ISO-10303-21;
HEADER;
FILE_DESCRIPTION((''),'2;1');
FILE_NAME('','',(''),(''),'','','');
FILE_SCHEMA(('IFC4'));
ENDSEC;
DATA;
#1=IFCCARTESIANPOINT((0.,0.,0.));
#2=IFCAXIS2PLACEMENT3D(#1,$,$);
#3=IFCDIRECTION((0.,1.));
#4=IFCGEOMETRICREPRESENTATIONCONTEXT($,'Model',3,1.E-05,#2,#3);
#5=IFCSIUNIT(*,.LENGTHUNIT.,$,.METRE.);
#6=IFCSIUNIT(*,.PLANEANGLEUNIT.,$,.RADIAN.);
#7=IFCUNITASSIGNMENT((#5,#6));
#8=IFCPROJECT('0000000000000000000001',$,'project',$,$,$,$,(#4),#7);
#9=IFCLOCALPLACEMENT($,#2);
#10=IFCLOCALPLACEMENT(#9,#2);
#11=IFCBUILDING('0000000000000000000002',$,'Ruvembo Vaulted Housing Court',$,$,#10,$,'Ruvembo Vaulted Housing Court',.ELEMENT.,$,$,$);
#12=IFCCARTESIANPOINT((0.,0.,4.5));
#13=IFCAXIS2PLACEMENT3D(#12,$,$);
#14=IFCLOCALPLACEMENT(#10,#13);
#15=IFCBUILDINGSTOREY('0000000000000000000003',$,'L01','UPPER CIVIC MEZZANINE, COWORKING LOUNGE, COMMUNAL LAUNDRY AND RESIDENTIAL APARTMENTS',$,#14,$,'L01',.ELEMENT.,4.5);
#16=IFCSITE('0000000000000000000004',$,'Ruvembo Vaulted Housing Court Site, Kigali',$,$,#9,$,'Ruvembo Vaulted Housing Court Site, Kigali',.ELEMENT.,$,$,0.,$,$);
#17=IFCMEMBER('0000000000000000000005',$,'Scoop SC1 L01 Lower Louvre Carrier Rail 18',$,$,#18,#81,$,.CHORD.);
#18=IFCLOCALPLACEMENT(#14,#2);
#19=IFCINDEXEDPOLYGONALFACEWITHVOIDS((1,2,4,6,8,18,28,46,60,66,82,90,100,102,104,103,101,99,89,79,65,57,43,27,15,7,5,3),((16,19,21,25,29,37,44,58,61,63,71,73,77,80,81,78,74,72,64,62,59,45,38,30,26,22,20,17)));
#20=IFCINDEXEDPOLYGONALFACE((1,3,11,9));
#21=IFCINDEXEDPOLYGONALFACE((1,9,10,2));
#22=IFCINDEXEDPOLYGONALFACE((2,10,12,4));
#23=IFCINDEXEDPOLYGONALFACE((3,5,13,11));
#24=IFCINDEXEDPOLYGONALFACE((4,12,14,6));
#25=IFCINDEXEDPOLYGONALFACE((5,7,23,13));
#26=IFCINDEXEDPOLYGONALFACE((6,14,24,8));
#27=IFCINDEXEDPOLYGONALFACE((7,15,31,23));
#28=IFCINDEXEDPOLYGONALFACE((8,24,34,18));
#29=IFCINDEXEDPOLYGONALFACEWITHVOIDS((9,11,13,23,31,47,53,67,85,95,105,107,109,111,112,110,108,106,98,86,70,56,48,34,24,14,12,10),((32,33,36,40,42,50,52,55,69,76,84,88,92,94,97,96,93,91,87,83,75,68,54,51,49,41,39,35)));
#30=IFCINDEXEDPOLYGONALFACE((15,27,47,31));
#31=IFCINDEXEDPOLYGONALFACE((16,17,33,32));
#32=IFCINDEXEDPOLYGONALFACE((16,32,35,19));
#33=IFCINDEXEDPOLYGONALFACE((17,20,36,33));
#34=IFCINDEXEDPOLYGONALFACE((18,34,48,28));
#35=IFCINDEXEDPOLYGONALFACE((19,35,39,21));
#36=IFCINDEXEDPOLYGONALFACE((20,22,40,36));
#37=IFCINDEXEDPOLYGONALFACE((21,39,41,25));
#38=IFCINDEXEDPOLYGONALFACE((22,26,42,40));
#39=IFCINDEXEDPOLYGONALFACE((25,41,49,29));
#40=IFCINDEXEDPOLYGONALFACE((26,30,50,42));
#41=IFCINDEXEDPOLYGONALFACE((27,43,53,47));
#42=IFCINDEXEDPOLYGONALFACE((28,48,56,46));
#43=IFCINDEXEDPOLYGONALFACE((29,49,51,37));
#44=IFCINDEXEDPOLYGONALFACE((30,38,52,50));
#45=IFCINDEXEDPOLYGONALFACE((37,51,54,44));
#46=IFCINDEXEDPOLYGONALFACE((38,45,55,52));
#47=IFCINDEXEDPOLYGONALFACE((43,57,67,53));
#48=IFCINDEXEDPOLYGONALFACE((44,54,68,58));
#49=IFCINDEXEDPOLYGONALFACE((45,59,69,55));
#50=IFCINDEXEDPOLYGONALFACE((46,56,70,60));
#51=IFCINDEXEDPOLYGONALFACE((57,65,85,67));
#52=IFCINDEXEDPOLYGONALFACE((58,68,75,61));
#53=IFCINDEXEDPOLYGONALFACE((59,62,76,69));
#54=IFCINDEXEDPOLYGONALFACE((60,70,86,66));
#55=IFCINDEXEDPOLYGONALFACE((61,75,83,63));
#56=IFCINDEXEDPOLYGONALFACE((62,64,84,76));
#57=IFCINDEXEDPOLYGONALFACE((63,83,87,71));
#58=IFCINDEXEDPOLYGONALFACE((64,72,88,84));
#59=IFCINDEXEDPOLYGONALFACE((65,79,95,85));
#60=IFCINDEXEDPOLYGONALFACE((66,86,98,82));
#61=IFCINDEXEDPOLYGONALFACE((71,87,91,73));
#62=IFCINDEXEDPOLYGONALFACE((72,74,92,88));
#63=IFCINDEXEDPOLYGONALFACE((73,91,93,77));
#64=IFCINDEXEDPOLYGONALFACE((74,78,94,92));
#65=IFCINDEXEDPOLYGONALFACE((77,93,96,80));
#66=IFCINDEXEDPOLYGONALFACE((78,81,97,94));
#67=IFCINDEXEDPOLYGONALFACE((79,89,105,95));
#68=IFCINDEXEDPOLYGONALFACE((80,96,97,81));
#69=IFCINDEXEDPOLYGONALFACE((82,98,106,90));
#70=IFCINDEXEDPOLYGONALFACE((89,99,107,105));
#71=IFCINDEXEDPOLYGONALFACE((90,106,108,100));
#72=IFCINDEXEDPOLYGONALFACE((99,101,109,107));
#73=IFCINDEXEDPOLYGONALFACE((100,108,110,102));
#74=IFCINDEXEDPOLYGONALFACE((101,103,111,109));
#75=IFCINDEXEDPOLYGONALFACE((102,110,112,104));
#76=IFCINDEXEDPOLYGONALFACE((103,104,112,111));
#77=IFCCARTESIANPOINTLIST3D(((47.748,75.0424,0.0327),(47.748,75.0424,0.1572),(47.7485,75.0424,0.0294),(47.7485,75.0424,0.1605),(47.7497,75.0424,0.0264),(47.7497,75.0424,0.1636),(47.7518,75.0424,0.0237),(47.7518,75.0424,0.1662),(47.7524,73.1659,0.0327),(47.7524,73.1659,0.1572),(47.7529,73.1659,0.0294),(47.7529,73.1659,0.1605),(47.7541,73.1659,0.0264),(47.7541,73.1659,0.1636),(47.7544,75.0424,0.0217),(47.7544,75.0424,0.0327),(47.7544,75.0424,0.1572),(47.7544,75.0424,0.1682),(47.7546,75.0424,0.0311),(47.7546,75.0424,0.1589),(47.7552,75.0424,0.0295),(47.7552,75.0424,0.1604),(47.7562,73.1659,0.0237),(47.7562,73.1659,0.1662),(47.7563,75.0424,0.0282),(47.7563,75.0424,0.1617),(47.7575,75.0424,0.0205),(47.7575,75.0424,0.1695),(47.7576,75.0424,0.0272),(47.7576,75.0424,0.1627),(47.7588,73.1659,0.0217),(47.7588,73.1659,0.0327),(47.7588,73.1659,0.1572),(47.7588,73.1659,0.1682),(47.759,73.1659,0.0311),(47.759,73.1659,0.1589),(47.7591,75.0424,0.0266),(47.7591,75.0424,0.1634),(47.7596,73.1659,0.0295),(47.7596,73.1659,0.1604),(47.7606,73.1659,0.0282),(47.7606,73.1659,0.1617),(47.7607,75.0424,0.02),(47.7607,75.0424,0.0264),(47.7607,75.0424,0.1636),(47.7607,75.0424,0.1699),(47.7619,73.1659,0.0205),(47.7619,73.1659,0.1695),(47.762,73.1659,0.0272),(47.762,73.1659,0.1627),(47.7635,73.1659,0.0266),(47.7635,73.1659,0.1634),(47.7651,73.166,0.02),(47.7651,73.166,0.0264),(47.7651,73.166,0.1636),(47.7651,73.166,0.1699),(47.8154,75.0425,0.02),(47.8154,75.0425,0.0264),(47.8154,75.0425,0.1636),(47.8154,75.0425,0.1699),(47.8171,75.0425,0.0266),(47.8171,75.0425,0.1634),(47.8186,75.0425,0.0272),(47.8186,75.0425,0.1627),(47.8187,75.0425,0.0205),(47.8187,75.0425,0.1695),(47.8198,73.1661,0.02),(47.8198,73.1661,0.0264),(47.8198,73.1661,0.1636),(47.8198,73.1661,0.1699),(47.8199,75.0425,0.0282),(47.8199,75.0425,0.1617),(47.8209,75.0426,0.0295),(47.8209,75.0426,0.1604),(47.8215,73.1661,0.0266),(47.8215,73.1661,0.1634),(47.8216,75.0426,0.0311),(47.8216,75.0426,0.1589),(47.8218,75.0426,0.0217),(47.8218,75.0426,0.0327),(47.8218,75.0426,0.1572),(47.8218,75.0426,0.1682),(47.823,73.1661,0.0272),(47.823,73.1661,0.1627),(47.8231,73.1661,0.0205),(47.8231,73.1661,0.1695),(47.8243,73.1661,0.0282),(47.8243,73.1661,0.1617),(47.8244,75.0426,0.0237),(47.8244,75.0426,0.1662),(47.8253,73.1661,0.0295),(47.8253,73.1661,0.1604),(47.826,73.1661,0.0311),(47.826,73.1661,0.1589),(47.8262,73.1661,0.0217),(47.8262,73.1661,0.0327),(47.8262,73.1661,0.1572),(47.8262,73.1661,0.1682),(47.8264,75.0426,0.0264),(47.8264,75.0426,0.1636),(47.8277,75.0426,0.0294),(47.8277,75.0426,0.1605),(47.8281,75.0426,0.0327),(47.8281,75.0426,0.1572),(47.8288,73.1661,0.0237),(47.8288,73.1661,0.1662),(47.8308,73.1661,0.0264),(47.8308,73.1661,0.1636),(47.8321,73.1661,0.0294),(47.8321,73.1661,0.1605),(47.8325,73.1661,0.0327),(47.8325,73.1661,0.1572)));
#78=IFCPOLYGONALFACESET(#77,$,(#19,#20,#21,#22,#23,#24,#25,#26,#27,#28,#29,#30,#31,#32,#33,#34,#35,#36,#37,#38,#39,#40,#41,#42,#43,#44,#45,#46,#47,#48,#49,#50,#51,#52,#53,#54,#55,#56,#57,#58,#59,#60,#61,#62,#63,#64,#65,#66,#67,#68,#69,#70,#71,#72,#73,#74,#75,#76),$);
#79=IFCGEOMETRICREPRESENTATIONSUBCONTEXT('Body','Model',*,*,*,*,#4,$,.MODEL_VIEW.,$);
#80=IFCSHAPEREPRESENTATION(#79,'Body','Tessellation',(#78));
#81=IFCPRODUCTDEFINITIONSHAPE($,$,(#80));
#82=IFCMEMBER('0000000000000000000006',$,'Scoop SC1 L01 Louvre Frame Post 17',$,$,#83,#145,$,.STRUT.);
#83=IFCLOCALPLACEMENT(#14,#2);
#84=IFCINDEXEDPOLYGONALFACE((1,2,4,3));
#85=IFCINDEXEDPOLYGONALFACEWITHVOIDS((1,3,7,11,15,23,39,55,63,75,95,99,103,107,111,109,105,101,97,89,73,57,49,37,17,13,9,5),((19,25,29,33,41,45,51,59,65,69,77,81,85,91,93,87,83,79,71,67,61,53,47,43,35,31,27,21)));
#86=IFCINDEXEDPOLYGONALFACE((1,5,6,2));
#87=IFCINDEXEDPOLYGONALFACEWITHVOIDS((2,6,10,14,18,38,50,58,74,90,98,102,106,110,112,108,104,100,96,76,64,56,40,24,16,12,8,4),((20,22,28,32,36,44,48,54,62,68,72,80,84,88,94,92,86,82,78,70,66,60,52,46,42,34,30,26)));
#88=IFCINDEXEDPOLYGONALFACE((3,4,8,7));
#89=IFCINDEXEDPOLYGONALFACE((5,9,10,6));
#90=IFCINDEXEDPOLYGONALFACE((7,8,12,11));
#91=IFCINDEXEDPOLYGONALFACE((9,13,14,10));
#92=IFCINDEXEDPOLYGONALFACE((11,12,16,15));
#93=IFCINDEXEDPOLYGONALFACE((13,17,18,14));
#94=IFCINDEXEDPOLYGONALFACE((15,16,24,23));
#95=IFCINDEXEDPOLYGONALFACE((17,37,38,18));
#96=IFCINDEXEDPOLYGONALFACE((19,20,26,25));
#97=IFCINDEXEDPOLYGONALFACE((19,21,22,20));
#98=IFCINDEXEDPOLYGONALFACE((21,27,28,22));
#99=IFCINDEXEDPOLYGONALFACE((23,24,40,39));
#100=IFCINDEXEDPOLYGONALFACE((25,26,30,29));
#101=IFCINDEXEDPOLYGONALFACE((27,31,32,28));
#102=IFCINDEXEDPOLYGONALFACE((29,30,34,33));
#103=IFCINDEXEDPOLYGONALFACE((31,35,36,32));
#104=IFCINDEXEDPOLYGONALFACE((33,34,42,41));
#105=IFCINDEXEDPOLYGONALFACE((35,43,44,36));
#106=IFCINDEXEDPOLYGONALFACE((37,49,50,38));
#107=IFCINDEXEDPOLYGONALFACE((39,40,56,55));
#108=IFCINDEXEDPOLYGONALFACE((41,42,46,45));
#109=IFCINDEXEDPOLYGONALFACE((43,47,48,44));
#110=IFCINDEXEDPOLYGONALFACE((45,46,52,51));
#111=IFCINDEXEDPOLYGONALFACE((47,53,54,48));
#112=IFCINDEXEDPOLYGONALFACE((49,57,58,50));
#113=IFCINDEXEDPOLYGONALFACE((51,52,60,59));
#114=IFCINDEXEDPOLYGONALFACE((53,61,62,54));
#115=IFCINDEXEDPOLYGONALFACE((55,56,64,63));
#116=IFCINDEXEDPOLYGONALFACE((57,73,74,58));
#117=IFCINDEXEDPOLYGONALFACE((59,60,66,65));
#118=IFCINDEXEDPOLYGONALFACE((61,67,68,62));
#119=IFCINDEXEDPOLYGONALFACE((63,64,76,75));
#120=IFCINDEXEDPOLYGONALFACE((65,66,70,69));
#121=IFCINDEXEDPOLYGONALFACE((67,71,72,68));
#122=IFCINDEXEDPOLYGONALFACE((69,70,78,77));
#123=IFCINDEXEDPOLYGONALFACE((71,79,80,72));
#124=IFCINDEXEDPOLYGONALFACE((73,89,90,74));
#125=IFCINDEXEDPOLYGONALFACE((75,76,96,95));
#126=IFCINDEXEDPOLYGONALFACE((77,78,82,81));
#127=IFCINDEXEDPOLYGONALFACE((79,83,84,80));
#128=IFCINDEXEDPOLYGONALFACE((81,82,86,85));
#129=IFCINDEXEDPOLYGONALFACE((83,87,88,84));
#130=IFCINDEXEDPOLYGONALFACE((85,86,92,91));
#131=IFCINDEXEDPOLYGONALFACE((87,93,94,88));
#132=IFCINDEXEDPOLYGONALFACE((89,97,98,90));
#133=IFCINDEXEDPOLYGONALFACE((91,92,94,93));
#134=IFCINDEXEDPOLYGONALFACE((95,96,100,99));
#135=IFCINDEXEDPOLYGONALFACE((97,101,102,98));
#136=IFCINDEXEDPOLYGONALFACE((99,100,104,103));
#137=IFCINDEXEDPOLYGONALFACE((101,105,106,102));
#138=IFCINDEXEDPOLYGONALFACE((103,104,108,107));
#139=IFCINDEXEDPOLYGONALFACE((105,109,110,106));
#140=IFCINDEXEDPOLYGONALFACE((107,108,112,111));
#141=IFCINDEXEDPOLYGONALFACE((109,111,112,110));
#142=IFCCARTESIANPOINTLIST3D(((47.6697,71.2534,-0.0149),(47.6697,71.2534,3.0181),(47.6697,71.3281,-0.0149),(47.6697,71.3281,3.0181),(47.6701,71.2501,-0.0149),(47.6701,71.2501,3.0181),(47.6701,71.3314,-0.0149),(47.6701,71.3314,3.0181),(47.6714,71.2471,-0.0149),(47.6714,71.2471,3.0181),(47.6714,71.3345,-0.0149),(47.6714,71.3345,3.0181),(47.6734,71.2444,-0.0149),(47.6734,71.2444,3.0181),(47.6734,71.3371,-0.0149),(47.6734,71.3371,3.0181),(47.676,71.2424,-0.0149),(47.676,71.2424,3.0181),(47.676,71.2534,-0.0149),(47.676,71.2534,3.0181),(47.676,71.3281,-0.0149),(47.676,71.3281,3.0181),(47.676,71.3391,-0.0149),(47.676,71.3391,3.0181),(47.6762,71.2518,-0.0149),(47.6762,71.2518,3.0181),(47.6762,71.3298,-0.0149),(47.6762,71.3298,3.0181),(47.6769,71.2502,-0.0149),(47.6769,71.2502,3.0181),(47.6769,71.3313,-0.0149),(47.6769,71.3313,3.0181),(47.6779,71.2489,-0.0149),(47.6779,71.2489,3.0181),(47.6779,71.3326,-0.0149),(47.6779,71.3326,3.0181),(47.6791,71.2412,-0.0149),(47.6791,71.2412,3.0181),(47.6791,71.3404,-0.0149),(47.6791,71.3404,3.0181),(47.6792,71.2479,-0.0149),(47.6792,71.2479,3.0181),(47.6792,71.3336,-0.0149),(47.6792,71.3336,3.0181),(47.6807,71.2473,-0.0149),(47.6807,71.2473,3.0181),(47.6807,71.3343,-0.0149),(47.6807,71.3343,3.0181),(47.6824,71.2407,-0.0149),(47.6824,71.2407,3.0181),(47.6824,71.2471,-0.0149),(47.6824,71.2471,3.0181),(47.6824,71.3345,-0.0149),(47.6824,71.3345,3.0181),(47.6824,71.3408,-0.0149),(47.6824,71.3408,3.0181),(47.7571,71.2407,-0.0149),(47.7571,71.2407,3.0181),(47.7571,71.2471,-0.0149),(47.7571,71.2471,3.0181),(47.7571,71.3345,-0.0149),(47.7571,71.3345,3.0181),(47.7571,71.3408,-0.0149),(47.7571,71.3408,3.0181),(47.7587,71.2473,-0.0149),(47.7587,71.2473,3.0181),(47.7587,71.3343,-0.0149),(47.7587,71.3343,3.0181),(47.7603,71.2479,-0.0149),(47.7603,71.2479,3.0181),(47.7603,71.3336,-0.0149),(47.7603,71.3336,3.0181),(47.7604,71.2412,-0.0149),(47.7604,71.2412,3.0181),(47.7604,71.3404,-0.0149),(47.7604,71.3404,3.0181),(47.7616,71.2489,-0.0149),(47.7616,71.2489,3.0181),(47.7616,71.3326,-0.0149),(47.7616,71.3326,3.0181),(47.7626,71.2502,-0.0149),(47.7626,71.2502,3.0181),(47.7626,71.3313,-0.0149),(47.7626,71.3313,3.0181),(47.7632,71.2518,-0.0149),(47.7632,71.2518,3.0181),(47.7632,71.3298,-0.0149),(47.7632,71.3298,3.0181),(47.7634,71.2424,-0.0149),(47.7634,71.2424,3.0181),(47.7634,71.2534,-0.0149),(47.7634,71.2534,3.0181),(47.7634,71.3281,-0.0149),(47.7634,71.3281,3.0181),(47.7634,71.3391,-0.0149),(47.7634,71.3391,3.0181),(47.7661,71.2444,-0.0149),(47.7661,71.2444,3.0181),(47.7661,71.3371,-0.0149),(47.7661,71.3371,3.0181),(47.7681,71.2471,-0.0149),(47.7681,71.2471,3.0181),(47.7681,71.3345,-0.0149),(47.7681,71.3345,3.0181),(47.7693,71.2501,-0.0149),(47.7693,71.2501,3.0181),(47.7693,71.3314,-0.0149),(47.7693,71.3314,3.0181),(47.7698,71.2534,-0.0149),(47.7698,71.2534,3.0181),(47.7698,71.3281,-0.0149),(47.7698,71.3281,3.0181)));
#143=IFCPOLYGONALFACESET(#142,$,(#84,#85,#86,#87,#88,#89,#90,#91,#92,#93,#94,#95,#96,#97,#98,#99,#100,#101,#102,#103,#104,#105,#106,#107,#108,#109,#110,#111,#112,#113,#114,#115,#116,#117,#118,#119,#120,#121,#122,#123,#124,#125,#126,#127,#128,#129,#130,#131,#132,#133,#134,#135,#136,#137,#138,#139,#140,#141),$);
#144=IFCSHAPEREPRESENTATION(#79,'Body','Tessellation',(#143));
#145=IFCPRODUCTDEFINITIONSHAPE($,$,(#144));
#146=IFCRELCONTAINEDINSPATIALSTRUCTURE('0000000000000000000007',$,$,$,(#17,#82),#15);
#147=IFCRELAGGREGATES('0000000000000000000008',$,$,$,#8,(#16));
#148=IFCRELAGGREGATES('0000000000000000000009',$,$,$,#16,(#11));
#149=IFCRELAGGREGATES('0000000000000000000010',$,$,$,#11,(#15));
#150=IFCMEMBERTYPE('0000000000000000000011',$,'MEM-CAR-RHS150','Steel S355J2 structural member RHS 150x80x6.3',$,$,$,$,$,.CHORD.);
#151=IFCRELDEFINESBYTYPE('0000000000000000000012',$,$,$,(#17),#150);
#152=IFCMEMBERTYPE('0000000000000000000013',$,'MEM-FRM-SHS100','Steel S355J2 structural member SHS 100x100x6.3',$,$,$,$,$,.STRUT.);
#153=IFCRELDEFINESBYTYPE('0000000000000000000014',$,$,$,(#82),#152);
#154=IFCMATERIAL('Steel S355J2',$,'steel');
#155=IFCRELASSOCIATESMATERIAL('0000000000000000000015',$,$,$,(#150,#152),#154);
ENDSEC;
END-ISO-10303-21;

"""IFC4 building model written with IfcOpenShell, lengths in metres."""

from ifc_helpers import new_model, si_unit, direction, frame, origin, origin_2d, place, context, subcontext, project, spatial, hollow_rectangle, extrude, material, material_profile, profile_set, type_object, element, save


model = new_model("IFC4")

# Units and contexts
model_context = context("Model", 3, precision=1e-05, world=origin(), true_north=direction((0.0, 1.0)))
body_context = subcontext(model_context, "Body", "Model", "MODEL_VIEW")
ifc_project = project(units=[si_unit("LENGTHUNIT", "METRE"), si_unit("PLANEANGLEUNIT", "RADIAN")], contexts=[model_context])

# Site, building, storey
site_placement = place(None, origin())
site = spatial("IfcSite", under=ifc_project, at=site_placement, Name="Ruvembo Vaulted Housing Court Site, Kigali", LongName="Ruvembo Vaulted Housing Court Site, Kigali", CompositionType="ELEMENT", RefElevation=0.0)
building_placement = place(site_placement, origin())
building = spatial("IfcBuilding", under=site, at=building_placement, Name="Ruvembo Vaulted Housing Court", LongName="Ruvembo Vaulted Housing Court", CompositionType="ELEMENT")
storey_placement = place(building_placement, frame((0.0, 0.0, 4.5)))
storey = spatial("IfcBuildingStorey", under=building, at=storey_placement, Name="L01", Description="UPPER CIVIC MEZZANINE, COWORKING LOUNGE, COMMUNAL LAUNDRY AND RESIDENTIAL APARTMENTS", LongName="L01", CompositionType="ELEMENT", Elevation=4.5)

# Shared definitions
ifc_material_1 = material(Name="Steel S355J2", Category="steel")

# Members
ifc_material_profile_1 = material_profile(ifc_material_1, hollow_rectangle(XDim=0.0801, YDim=0.1499, WallThickness=0.0063, InnerFilletRadius=0.0063, OuterFilletRadius=0.0127, at=origin_2d()), Name="RHS 150x80x6.3")
ifc_profile_set_1 = profile_set([ifc_material_profile_1], Name="Steel S355J2")
member_type_1 = type_object("IfcMemberType", Name="MEM-CAR-RHS150", Description="Steel S355J2 structural member RHS 150x80x6.3", PredefinedType="CHORD", material=ifc_profile_set_1)
member_1_placement = place(storey_placement, frame((47.7925, 73.166, 0.095), z_axis=(-0.002342, 0.999997, 0.0), x_axis=(-0.999997, -0.002342, 0.0)))
element("IfcMember", 1, at=member_1_placement, inside=storey, type_object=member_type_1, Name="Scoop SC1 L01 Lower Louvre Carrier Rail 18", PredefinedType="CHORD", context=body_context, shape_type="SweptSolid", body=[
    extrude(hollow_rectangle(XDim=0.0801, YDim=0.1499, WallThickness=0.0063, InnerFilletRadius=0.0063, OuterFilletRadius=0.0127, at=origin_2d()), origin(), (0.0, 0.0, 1.0), 1.8765),
])
ifc_material_profile_2 = material_profile(ifc_material_1, hollow_rectangle(XDim=0.1001, YDim=0.1001, WallThickness=0.0063, InnerFilletRadius=0.0063, OuterFilletRadius=0.0127, at=origin_2d()), Name="SHS 100x100x6.3")
ifc_profile_set_2 = profile_set([ifc_material_profile_2], Name="Steel S355J2")
member_type_2 = type_object("IfcMemberType", Name="MEM-FRM-SHS100", Description="Steel S355J2 structural member SHS 100x100x6.3", PredefinedType="STRUT", material=ifc_profile_set_2)
for number, where, z_axis, x_axis, name in (
    (2, (47.7197, 71.2908, -0.0149), (0.0, 0.0, 1.0), (1.0, 0.0, 0.0), "Scoop SC1 L01 Louvre Frame Post 17"),
):
    element("IfcMember", number, at=place(storey_placement, frame(where, z_axis=z_axis, x_axis=x_axis)), inside=storey, type_object=member_type_2, Name=name, PredefinedType="STRUT", context=body_context, shape_type="SweptSolid", body=[
        extrude(hollow_rectangle(XDim=0.1001, YDim=0.1001, WallThickness=0.0063, InnerFilletRadius=0.0063, OuterFilletRadius=0.0127, at=origin_2d()), origin(), (0.0, 0.0, 1.0), 3.033),
    ])

save(model, "model.ifc")
